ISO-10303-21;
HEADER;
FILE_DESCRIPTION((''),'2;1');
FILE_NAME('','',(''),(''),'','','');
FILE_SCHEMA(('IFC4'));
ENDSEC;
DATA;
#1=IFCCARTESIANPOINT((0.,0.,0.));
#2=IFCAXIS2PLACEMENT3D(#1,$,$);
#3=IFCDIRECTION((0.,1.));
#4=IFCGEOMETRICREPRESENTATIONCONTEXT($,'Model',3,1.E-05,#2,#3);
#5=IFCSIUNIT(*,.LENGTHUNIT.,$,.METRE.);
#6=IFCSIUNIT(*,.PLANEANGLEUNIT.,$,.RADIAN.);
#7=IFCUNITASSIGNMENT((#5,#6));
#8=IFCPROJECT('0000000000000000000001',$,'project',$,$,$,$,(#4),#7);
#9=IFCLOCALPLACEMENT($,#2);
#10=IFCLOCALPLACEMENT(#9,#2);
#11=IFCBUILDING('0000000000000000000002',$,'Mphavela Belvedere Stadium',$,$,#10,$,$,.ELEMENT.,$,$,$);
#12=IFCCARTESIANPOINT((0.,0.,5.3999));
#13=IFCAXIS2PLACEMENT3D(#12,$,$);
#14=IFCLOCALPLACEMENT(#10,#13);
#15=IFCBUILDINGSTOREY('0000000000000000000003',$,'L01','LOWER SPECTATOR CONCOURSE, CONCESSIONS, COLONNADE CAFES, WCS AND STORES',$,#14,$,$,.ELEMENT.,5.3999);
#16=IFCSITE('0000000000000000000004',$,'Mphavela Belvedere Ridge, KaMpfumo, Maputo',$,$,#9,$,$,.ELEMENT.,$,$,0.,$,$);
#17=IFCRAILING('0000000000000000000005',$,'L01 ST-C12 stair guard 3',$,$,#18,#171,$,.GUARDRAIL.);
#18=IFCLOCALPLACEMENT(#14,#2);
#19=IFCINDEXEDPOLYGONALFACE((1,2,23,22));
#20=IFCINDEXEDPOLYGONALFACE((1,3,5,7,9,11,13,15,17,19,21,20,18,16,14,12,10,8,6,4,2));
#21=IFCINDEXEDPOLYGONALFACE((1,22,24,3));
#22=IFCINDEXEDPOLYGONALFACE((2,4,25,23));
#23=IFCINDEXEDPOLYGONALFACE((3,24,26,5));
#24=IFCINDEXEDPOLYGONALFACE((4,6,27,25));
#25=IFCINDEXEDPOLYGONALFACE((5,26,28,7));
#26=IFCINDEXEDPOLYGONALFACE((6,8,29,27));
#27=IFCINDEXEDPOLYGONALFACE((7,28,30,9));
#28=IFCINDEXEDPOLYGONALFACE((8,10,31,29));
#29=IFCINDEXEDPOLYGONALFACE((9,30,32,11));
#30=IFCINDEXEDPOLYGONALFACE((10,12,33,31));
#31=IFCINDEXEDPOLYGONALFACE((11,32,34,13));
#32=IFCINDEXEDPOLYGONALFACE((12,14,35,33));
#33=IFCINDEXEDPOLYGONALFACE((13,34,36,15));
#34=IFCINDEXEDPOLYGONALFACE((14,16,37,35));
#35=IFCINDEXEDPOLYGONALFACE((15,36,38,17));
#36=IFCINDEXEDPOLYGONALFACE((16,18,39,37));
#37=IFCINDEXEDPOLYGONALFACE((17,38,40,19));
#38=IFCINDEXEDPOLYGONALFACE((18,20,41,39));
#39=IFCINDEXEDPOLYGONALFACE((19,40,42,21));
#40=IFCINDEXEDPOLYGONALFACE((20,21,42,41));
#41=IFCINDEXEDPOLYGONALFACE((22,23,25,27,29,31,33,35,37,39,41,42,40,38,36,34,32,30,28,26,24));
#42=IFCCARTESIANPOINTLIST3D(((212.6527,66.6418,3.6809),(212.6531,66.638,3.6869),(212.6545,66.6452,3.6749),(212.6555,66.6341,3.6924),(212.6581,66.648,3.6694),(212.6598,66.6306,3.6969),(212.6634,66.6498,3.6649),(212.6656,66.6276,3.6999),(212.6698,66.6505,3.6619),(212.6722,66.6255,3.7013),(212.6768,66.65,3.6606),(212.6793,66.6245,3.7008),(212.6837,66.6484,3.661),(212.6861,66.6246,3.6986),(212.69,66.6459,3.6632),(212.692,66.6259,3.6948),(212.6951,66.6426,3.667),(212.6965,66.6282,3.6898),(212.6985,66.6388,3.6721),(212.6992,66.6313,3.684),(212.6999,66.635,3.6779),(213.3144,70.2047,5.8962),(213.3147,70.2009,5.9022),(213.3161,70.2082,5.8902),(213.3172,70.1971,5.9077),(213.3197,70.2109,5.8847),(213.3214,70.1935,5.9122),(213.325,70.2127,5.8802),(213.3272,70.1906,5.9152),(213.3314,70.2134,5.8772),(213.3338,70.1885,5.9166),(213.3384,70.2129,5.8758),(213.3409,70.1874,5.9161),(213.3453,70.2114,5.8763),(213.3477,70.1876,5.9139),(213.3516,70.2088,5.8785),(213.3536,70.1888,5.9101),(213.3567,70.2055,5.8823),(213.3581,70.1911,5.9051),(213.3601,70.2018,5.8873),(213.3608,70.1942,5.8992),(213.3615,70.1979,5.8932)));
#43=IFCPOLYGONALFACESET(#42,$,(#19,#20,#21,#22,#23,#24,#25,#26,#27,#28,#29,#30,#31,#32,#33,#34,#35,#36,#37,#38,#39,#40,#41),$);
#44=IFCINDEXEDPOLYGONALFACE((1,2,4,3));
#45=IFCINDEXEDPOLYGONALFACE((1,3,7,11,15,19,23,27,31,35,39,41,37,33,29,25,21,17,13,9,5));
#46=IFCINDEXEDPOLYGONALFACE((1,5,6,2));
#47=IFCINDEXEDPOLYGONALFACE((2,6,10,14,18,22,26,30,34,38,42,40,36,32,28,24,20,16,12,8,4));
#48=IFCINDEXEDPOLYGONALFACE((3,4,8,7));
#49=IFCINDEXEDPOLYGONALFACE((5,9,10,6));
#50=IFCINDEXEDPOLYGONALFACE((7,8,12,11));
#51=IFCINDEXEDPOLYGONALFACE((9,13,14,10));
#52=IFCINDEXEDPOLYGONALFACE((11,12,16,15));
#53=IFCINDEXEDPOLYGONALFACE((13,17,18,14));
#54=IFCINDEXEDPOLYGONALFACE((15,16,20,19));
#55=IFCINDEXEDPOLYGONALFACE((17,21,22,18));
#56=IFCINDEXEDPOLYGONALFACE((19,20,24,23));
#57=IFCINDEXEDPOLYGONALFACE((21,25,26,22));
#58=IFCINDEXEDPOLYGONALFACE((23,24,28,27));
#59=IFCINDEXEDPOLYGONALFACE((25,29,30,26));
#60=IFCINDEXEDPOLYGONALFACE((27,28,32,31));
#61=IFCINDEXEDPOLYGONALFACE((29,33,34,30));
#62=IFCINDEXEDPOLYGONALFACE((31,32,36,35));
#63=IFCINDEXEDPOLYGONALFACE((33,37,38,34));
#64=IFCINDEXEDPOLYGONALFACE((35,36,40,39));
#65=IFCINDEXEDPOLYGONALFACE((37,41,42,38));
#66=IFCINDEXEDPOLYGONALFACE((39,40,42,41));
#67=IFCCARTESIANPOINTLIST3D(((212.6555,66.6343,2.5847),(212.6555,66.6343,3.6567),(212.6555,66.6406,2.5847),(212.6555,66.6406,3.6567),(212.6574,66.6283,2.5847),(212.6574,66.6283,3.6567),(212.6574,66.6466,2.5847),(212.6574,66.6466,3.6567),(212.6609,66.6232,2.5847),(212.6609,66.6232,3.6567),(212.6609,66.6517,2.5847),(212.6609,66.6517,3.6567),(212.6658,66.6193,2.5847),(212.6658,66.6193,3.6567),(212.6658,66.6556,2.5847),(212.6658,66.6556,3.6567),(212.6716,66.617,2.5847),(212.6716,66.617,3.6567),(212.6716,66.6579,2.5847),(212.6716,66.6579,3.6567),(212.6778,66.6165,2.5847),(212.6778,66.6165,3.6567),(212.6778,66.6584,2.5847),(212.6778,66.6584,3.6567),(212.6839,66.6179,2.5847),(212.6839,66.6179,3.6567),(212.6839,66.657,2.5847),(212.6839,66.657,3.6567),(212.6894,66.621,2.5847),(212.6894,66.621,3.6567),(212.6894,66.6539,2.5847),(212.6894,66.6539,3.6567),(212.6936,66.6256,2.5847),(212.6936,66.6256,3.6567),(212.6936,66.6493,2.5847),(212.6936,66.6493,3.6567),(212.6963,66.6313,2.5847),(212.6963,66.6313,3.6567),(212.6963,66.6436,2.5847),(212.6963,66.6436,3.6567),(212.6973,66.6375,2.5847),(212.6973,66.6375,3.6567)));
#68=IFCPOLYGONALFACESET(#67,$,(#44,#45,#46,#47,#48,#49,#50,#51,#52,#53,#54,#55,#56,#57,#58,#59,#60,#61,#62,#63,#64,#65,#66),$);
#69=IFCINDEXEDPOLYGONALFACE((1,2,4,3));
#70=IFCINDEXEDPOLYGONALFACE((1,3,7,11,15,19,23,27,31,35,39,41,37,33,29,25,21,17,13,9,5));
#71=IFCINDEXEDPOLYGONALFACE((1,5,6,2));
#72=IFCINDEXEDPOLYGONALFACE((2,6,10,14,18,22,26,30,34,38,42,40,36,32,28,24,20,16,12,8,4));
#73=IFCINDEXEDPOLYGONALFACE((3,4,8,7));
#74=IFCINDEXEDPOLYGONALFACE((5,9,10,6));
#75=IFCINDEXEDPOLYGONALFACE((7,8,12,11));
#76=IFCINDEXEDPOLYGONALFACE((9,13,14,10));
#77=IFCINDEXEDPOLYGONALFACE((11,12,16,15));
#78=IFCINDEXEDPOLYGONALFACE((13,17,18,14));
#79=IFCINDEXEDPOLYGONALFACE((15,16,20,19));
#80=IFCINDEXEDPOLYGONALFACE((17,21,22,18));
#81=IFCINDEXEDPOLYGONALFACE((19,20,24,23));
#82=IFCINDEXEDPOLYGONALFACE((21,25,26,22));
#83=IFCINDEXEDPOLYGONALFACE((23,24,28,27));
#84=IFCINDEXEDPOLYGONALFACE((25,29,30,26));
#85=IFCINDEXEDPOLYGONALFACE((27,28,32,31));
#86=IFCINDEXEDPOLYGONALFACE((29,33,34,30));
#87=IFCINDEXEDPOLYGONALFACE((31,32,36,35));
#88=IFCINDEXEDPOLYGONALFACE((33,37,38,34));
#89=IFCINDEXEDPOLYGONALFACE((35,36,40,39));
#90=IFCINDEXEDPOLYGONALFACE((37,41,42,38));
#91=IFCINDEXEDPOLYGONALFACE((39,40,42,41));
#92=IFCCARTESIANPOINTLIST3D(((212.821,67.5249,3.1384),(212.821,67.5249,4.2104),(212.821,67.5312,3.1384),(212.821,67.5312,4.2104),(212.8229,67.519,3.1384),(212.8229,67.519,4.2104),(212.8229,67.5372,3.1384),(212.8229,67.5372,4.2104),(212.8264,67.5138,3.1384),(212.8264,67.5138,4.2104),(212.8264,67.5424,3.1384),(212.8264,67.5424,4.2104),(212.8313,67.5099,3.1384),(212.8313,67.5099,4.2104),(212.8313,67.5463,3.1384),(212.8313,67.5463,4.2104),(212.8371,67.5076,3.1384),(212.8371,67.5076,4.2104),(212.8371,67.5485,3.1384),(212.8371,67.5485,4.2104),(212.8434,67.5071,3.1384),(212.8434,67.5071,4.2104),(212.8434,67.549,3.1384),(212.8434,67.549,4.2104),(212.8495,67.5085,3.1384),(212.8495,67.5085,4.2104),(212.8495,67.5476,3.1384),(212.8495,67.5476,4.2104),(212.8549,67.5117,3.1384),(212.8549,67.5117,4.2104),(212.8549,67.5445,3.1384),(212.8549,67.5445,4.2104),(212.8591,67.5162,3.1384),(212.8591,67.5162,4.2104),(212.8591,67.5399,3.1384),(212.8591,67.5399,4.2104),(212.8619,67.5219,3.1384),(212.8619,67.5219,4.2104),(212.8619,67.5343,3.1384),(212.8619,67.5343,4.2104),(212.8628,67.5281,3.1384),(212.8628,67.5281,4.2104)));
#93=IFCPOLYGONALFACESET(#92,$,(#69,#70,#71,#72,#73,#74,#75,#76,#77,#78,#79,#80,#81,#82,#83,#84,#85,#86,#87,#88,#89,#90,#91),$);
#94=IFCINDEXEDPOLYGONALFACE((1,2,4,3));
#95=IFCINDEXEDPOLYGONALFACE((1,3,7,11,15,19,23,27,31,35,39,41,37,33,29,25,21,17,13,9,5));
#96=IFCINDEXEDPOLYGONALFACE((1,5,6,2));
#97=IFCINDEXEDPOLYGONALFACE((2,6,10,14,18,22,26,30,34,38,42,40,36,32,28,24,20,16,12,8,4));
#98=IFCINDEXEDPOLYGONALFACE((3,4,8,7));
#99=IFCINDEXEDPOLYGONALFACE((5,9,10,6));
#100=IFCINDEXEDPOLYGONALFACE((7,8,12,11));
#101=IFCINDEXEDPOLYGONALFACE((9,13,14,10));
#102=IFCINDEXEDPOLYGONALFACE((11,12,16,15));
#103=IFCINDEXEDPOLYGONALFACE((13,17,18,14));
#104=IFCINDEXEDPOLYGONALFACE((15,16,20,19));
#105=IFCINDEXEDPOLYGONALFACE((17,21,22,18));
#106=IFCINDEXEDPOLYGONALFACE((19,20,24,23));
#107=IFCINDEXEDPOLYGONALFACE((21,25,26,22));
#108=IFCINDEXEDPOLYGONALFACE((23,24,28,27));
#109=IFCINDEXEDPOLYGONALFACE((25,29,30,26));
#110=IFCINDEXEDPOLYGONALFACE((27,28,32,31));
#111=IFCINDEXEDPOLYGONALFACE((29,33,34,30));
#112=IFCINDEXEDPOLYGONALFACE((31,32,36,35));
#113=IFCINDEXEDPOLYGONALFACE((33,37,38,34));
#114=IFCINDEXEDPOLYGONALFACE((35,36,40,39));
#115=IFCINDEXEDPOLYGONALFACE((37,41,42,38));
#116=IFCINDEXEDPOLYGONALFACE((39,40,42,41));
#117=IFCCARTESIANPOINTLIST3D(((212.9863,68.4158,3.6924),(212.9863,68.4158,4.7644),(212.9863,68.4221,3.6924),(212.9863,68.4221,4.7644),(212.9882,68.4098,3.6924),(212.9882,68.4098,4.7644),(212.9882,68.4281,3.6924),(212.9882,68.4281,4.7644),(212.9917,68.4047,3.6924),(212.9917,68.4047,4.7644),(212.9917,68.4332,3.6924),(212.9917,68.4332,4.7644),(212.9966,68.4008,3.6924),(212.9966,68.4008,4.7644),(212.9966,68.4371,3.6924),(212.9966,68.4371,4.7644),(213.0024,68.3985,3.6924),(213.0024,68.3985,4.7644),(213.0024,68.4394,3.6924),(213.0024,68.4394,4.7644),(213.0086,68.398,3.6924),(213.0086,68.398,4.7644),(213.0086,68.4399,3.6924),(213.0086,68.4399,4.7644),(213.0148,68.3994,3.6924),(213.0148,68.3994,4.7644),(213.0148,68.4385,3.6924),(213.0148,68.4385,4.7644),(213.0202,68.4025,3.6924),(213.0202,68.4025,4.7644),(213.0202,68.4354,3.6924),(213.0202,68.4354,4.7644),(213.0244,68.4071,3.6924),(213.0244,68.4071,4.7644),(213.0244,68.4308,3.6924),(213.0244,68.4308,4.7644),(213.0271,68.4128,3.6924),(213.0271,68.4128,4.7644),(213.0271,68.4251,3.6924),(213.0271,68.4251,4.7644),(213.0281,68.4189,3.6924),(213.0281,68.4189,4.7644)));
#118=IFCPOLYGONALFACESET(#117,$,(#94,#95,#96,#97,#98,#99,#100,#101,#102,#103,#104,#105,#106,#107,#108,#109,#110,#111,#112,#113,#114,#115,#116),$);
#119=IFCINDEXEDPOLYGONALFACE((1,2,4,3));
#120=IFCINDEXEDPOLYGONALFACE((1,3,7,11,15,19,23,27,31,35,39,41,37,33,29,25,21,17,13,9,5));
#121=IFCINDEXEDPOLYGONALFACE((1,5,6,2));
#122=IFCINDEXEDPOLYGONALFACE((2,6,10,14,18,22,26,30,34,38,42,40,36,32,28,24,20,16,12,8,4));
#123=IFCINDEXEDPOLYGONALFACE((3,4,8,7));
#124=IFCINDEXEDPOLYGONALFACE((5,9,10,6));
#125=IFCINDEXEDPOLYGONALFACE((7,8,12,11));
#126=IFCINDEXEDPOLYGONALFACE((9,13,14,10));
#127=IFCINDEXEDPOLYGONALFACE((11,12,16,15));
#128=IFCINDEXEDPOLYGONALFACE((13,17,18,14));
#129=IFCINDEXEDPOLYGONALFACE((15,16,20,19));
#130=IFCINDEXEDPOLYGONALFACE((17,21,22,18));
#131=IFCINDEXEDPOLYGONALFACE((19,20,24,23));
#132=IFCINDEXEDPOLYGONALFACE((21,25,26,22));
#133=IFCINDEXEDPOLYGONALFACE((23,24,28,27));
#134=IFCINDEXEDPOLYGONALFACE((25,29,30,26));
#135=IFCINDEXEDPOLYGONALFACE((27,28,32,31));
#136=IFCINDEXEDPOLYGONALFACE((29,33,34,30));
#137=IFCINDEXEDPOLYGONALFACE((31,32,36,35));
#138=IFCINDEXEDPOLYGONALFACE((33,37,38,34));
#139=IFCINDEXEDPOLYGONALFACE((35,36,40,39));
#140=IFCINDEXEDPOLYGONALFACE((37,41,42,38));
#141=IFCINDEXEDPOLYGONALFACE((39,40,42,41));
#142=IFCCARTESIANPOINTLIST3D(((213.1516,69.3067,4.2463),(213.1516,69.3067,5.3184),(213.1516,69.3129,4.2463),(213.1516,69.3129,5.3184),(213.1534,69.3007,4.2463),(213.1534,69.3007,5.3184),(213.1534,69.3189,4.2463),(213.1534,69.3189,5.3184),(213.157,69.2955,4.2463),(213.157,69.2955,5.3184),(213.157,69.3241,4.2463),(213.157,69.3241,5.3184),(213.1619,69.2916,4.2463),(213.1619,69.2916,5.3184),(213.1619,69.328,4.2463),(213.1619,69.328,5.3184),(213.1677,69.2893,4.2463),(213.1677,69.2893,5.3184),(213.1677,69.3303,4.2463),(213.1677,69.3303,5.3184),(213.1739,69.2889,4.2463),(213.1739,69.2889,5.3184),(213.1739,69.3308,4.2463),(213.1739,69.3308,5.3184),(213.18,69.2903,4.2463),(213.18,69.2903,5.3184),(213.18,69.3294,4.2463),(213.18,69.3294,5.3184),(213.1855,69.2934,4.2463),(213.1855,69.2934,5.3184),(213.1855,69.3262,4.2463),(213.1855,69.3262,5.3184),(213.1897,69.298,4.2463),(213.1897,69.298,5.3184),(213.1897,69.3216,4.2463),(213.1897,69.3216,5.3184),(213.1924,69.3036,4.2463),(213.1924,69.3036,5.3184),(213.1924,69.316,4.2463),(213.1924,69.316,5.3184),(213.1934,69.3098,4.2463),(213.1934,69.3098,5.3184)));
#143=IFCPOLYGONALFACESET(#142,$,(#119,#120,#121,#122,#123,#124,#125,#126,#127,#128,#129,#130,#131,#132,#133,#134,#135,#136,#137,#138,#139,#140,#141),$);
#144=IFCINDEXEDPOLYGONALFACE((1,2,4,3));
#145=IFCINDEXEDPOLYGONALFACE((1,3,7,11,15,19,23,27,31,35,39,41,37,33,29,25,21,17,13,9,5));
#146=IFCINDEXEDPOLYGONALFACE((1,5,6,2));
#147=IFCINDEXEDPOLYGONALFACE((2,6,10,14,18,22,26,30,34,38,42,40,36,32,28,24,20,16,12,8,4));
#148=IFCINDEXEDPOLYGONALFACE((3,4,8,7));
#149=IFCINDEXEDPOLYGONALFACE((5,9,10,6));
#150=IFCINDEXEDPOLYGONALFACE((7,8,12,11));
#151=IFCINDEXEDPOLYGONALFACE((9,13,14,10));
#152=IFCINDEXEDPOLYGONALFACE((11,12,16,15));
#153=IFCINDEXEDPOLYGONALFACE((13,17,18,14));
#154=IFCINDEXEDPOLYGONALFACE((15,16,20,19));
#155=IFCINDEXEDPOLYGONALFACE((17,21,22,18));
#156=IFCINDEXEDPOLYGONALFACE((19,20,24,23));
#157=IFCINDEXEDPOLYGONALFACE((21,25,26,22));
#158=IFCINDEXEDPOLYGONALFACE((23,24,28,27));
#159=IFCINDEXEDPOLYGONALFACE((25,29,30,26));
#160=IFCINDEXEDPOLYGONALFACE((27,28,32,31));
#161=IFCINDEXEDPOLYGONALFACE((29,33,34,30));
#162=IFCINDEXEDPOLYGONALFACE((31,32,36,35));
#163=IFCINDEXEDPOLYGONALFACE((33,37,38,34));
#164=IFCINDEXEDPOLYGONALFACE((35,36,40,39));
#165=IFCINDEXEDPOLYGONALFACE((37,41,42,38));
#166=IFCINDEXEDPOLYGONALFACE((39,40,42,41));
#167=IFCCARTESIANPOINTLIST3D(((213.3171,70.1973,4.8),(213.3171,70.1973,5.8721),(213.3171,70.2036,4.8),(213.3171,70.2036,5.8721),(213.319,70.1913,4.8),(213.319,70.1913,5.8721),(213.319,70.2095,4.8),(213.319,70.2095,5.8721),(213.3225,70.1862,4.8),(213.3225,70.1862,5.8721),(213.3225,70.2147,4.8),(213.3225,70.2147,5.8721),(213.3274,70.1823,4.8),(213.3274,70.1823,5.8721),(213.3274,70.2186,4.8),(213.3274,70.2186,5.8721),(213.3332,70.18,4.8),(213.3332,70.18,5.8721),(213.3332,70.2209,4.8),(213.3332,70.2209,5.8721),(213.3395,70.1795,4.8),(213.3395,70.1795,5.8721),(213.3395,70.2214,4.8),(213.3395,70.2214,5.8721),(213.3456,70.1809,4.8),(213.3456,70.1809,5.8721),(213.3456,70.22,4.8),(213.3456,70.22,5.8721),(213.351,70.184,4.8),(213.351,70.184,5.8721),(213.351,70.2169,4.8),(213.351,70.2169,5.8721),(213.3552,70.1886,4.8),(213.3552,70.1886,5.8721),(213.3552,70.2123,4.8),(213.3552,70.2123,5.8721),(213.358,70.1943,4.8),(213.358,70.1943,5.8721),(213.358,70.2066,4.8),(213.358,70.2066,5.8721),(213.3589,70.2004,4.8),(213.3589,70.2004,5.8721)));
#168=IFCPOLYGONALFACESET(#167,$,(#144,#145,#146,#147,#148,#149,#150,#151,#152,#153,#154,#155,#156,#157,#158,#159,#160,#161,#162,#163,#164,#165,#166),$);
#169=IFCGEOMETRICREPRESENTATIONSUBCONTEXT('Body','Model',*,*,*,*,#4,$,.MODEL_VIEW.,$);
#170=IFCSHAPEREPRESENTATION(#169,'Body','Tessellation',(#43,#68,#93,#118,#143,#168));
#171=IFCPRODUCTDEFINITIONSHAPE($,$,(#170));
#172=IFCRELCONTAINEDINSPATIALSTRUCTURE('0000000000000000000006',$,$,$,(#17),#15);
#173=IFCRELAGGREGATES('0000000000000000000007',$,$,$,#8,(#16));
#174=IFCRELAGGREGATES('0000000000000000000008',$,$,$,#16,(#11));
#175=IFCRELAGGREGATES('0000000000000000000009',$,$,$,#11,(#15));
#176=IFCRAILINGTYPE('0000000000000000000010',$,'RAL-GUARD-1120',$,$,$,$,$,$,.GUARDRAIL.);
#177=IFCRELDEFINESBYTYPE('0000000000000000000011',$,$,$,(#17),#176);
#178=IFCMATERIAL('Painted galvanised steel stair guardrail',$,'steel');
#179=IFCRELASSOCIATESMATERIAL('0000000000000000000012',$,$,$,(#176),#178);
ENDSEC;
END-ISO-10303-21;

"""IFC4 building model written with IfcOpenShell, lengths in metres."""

from ifc_helpers import new_model, si_unit, direction, frame, origin, origin_2d, place, context, subcontext, project, spatial, circle, extrude, material, type_object, element, save


model = new_model("IFC4")

# Units and contexts
model_context = context("Model", 3, precision=1e-05, world=origin(), true_north=direction((0.0, 1.0)))
body_context = subcontext(model_context, "Body", "Model", "MODEL_VIEW")
ifc_project = project(units=[si_unit("LENGTHUNIT", "METRE"), si_unit("PLANEANGLEUNIT", "RADIAN")], contexts=[model_context])

# Site, building, storey
site_placement = place(None, origin())
site = spatial("IfcSite", under=ifc_project, at=site_placement, Name="Mphavela Belvedere Ridge, KaMpfumo, Maputo", CompositionType="ELEMENT", RefElevation=0.0)
building_placement = place(site_placement, origin())
building = spatial("IfcBuilding", under=site, at=building_placement, Name="Mphavela Belvedere Stadium", CompositionType="ELEMENT")
storey_placement = place(building_placement, frame((0.0, 0.0, 5.3999)))
storey = spatial("IfcBuildingStorey", under=building, at=storey_placement, Name="L01", Description="LOWER SPECTATOR CONCOURSE, CONCESSIONS, COLONNADE CAFES, WCS AND STORES", CompositionType="ELEMENT", Elevation=5.3999)

# Railing
ifc_material_1 = material(Name="Painted galvanised steel stair guardrail", Category="steel")
railing_type_1 = type_object("IfcRailingType", Name="RAL-GUARD-1120", PredefinedType="GUARDRAIL", material=ifc_material_1)
railing_1_placement = place(storey_placement, frame((212.6763, 66.6375, 2.5847)))
element("IfcRailing", 1, at=railing_1_placement, inside=storey, type_object=railing_type_1, Name="L01 ST-C12 stair guard 3", PredefinedType="GUARDRAIL", context=body_context, shape_type="SweptSolid", body=[
    extrude(circle(Radius=0.0239, at=origin_2d()), frame((0.0, 0.0, 1.0962), z_axis=(0.155771, 0.838865, 0.521575), x_axis=(-0.983193, 0.182572, 0.0)), (0.0, 0.0, 1.0), 4.2473),
    extrude(circle(Radius=0.021, at=origin_2d()), origin(), (0.0, 0.0, 1.0), 1.072),
    extrude(circle(Radius=0.021, at=origin_2d()), frame((0.1655, 0.8906, 0.5537)), (0.0, 0.0, 1.0), 1.072),
    extrude(circle(Radius=0.021, at=origin_2d()), frame((0.3308, 1.7815, 1.1077)), (0.0, 0.0, 1.0), 1.072),
    extrude(circle(Radius=0.021, at=origin_2d()), frame((0.4961, 2.6724, 1.6616)), (0.0, 0.0, 1.0), 1.072),
    extrude(circle(Radius=0.021, at=origin_2d()), frame((0.6616, 3.563, 2.2153)), (0.0, 0.0, 1.0), 1.072),
])

save(model, "model.ifc")
